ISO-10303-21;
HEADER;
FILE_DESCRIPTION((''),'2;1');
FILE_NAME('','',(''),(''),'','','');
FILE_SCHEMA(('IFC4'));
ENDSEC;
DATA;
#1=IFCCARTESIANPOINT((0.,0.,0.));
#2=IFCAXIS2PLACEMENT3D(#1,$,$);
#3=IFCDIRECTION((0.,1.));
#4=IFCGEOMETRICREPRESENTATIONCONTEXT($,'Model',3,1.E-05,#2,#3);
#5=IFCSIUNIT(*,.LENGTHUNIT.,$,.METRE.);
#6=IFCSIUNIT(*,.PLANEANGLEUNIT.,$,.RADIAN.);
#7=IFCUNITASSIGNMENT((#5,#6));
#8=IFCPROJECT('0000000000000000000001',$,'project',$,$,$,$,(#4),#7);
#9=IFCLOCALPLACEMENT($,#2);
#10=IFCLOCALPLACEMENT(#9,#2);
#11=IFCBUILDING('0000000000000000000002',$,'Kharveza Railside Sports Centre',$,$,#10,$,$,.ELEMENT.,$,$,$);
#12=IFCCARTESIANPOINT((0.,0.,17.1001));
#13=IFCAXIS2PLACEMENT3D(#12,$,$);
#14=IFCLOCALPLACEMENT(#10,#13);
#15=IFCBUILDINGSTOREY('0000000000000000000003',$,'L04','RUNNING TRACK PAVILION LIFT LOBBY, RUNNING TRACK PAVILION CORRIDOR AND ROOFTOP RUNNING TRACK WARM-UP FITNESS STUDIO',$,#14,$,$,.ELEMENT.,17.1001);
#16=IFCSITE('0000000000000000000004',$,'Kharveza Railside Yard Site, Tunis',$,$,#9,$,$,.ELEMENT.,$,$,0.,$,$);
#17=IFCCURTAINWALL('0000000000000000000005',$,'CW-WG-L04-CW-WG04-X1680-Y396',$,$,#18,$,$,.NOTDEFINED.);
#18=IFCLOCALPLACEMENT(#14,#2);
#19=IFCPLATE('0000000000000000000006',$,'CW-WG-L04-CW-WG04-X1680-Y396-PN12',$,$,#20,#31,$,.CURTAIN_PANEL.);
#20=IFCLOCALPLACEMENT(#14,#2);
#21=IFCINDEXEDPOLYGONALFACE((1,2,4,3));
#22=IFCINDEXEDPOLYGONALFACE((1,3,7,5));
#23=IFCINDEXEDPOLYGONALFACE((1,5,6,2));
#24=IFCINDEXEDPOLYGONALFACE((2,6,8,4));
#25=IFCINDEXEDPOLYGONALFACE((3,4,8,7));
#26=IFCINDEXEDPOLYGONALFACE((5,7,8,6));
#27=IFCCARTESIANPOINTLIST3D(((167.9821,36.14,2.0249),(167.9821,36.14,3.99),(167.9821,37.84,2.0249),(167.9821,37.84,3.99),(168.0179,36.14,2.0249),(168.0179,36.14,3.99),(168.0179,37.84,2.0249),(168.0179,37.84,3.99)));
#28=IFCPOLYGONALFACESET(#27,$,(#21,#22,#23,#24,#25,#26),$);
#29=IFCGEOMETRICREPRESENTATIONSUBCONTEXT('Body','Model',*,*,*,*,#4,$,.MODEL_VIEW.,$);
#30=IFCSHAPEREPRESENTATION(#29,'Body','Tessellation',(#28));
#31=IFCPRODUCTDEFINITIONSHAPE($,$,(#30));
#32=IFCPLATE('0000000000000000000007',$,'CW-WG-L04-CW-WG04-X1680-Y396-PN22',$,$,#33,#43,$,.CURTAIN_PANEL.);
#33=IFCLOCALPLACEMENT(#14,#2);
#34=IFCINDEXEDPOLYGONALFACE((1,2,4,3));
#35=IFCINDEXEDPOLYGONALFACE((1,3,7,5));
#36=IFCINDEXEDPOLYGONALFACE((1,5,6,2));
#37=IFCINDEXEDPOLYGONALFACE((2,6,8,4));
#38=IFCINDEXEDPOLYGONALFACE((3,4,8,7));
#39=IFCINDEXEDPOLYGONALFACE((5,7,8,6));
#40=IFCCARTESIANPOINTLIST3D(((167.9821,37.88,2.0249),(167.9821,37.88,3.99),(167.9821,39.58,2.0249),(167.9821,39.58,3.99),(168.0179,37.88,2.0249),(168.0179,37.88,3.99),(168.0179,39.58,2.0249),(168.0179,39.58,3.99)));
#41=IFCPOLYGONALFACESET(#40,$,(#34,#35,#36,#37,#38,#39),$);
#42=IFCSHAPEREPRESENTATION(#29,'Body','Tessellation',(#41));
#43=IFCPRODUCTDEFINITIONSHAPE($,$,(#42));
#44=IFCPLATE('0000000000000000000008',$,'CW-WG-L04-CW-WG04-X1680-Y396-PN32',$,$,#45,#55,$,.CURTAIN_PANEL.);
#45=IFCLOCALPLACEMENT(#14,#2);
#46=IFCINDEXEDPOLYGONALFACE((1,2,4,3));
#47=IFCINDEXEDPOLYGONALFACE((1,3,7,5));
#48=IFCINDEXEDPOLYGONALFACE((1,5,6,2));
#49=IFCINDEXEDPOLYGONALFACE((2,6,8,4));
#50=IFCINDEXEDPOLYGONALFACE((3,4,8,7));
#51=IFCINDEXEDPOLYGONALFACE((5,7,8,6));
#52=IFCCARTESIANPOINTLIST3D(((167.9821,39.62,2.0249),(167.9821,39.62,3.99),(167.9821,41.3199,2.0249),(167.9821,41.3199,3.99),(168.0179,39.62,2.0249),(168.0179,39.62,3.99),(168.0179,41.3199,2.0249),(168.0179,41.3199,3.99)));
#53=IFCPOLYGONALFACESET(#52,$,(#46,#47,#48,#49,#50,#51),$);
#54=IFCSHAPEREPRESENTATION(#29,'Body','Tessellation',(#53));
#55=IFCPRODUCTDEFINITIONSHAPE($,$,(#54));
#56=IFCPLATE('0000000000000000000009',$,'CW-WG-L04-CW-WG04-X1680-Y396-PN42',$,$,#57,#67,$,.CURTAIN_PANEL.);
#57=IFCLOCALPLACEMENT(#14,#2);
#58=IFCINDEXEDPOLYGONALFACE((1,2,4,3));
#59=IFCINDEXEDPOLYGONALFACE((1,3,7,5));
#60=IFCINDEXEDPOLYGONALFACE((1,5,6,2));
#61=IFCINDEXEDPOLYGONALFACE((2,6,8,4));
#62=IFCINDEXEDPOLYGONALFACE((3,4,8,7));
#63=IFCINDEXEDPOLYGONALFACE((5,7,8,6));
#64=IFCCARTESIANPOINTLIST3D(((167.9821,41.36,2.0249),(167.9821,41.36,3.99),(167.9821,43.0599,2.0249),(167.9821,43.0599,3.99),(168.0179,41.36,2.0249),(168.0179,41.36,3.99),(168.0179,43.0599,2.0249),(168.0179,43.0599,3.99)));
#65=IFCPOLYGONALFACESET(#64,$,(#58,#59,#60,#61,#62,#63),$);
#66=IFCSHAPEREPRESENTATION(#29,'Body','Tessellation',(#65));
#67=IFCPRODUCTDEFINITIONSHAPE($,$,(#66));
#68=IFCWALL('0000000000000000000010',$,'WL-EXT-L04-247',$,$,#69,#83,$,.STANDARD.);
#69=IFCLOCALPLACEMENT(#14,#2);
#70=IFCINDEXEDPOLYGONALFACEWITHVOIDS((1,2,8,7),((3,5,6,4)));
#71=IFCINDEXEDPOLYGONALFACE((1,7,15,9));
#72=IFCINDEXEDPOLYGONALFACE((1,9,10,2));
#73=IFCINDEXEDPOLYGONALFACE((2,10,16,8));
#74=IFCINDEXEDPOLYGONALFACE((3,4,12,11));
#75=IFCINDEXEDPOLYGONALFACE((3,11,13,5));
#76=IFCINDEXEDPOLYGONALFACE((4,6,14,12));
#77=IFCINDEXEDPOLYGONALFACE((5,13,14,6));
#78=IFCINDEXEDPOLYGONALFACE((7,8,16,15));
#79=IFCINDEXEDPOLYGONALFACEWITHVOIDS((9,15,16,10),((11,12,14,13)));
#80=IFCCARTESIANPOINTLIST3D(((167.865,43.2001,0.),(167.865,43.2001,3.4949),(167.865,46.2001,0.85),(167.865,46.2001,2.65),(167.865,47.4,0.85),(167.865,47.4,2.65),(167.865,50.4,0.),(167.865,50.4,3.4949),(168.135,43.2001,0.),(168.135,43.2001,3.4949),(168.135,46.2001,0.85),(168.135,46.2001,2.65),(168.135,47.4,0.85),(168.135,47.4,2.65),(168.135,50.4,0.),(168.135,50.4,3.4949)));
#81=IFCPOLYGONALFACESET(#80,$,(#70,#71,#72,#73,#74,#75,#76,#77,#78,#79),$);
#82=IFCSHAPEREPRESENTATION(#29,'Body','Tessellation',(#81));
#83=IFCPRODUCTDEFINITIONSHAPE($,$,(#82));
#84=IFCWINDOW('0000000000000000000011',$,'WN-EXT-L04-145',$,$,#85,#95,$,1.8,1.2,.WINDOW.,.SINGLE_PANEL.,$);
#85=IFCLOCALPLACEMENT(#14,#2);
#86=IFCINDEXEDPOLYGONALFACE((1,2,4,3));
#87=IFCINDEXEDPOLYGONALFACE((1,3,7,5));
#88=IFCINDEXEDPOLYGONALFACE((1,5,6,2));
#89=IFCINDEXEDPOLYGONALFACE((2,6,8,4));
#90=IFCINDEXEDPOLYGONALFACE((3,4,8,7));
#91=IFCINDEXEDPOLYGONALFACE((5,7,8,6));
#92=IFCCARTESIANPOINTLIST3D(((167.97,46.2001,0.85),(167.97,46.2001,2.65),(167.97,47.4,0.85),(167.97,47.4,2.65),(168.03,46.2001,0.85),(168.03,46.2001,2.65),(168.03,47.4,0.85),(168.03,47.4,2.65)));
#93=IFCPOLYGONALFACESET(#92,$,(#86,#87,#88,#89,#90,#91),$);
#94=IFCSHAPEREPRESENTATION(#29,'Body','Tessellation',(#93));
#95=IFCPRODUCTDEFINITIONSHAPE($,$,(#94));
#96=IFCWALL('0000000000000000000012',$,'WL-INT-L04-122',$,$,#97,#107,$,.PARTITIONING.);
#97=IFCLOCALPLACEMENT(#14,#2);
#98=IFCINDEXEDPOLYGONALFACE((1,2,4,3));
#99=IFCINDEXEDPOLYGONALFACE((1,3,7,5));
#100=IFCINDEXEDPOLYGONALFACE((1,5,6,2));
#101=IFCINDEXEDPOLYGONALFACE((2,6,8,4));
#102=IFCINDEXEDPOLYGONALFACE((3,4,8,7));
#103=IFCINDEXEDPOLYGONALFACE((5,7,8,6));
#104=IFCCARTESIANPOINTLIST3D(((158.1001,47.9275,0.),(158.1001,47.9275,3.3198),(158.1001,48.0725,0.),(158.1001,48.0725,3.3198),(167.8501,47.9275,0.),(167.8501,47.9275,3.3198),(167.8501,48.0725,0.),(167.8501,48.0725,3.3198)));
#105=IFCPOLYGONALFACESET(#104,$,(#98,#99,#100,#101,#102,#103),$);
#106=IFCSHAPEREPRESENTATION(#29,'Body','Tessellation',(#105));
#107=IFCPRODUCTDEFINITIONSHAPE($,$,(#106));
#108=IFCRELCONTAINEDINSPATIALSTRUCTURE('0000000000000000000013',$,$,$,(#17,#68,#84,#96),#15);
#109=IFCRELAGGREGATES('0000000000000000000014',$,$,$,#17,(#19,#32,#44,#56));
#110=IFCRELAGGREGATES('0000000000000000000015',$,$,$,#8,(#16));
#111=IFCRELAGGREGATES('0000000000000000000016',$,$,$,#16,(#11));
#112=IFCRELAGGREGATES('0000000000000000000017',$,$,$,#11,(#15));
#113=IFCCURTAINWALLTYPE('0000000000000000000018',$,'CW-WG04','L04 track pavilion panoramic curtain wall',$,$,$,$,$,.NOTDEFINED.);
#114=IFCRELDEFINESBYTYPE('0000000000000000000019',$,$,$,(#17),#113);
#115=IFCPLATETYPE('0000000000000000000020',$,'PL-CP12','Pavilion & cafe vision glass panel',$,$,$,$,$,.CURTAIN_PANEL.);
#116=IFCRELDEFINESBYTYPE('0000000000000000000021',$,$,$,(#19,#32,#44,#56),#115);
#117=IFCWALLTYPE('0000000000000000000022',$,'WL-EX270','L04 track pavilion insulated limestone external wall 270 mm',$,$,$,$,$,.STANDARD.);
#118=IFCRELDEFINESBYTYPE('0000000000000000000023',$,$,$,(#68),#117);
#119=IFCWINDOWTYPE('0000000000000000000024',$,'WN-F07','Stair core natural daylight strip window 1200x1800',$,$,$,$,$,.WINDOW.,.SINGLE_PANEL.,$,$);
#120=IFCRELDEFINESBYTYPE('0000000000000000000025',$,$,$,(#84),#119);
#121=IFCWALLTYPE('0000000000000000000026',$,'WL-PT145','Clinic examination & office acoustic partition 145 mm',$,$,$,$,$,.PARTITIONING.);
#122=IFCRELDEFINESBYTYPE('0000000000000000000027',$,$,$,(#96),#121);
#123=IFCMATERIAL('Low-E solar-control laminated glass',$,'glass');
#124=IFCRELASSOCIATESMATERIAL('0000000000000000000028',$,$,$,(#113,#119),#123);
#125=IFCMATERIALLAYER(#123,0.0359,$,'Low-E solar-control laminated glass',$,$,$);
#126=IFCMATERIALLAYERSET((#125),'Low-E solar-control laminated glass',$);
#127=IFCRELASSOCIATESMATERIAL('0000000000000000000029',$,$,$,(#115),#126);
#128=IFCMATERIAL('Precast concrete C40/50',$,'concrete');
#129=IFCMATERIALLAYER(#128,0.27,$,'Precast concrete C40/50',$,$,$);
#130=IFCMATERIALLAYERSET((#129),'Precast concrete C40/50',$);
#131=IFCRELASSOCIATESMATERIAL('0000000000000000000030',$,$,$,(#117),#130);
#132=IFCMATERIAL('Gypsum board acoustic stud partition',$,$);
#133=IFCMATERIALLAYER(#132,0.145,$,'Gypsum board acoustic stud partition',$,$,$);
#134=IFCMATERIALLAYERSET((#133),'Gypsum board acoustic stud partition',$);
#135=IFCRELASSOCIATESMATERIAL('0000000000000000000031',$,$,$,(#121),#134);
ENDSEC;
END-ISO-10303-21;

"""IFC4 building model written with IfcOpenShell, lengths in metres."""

from ifc_helpers import new_model, si_unit, direction, frame, frame_2d, origin, origin_2d, place, context, subcontext, project, spatial, rectangle, extrude, material, layer, layer_set, type_object, element, fill, aggregate, save


model = new_model("IFC4")

# Units and contexts
model_context = context("Model", 3, precision=1e-05, world=origin(), true_north=direction((0.0, 1.0)))
body_context = subcontext(model_context, "Body", "Model", "MODEL_VIEW")
ifc_project = project(units=[si_unit("LENGTHUNIT", "METRE"), si_unit("PLANEANGLEUNIT", "RADIAN")], contexts=[model_context])

# Site, building, storey
site_placement = place(None, origin())
site = spatial("IfcSite", under=ifc_project, at=site_placement, Name="Kharveza Railside Yard Site, Tunis", CompositionType="ELEMENT", RefElevation=0.0)
building_placement = place(site_placement, origin())
building = spatial("IfcBuilding", under=site, at=building_placement, Name="Kharveza Railside Sports Centre", CompositionType="ELEMENT")
storey_placement = place(building_placement, frame((0.0, 0.0, 17.1001)))
storey = spatial("IfcBuildingStorey", under=building, at=storey_placement, Name="L04", Description="RUNNING TRACK PAVILION LIFT LOBBY, RUNNING TRACK PAVILION CORRIDOR AND ROOFTOP RUNNING TRACK WARM-UP FITNESS STUDIO", CompositionType="ELEMENT", Elevation=17.1001)

# Curtain wall, plates
ifc_material_1 = material(Name="Low-E solar-control laminated glass", Category="glass")
curtain_wall_type = type_object("IfcCurtainWallType", Name="CW-WG04", Description="L04 track pavilion panoramic curtain wall", PredefinedType="NOTDEFINED", material=ifc_material_1)
curtain_wall_placement = place(storey_placement, origin())
curtain_wall = element("IfcCurtainWall", 1, at=curtain_wall_placement, inside=storey, type_object=curtain_wall_type, Name="CW-WG-L04-CW-WG04-X1680-Y396", PredefinedType="NOTDEFINED")
ifc_layer_1 = layer(ifc_material_1, 0.0359, Name="Low-E solar-control laminated glass")
ifc_layer_set_1 = layer_set([ifc_layer_1], Name="Low-E solar-control laminated glass")
plate_type_1 = type_object("IfcPlateType", Name="PL-CP12", Description="Pavilion & cafe vision glass panel", PredefinedType="CURTAIN_PANEL", material=ifc_layer_set_1)
plate_1_placement = place(storey_placement, frame((168.0, 36.99, 2.0249), z_axis=(0.0, 0.0, 1.0), x_axis=(0.0, 1.0, 0.0)))
plate_1 = element("IfcPlate", 2, at=plate_1_placement, type_object=plate_type_1, Name="CW-WG-L04-CW-WG04-X1680-Y396-PN12", PredefinedType="CURTAIN_PANEL", context=body_context, shape_type="SweptSolid", body=[
    extrude(rectangle(XDim=1.7, YDim=0.0359, at=origin_2d()), origin(), (0.0, 0.0, 1.0), 1.9651),
])
plate_2_placement = place(storey_placement, frame((168.0, 38.73, 2.0249), z_axis=(0.0, 0.0, 1.0), x_axis=(0.0, 1.0, 0.0)))
plate_2 = element("IfcPlate", 3, at=plate_2_placement, type_object=plate_type_1, Name="CW-WG-L04-CW-WG04-X1680-Y396-PN22", PredefinedType="CURTAIN_PANEL", context=body_context, shape_type="SweptSolid", body=[
    extrude(rectangle(XDim=1.7, YDim=0.0359, at=origin_2d()), origin(), (0.0, 0.0, 1.0), 1.9651),
])
plate_3_placement = place(storey_placement, frame((168.0, 40.47, 2.0249), z_axis=(0.0, 0.0, 1.0), x_axis=(0.0, 1.0, 0.0)))
plate_3 = element("IfcPlate", 4, at=plate_3_placement, type_object=plate_type_1, Name="CW-WG-L04-CW-WG04-X1680-Y396-PN32", PredefinedType="CURTAIN_PANEL", context=body_context, shape_type="SweptSolid", body=[
    extrude(rectangle(XDim=1.7, YDim=0.0359, at=origin_2d()), origin(), (0.0, 0.0, 1.0), 1.9651),
])
plate_4_placement = place(storey_placement, frame((168.0, 42.21, 2.0249), z_axis=(0.0, 0.0, 1.0), x_axis=(0.0, 1.0, 0.0)))
plate_4 = element("IfcPlate", 5, at=plate_4_placement, type_object=plate_type_1, Name="CW-WG-L04-CW-WG04-X1680-Y396-PN42", PredefinedType="CURTAIN_PANEL", context=body_context, shape_type="SweptSolid", body=[
    extrude(rectangle(XDim=1.7, YDim=0.0359, at=origin_2d()), origin(), (0.0, 0.0, 1.0), 1.9651),
])
aggregate(curtain_wall, [plate_1, plate_2, plate_3, plate_4])

# Wall, opening, window
ifc_material_2 = material(Name="Precast concrete C40/50", Category="concrete")
ifc_layer_2 = layer(ifc_material_2, 0.27, Name="Precast concrete C40/50")
ifc_layer_set_2 = layer_set([ifc_layer_2], Name="Precast concrete C40/50")
wall_type_1 = type_object("IfcWallType", Name="WL-EX270", Description="L04 track pavilion insulated limestone external wall 270 mm", PredefinedType="STANDARD", material=ifc_layer_set_2)
wall_1_placement = place(storey_placement, frame((168.0, 43.2, 0.0), z_axis=(0.0, 0.0, 1.0), x_axis=(0.0, 1.0, 0.0)))
wall_1 = element("IfcWall", 6, at=wall_1_placement, inside=storey, type_object=wall_type_1, Name="WL-EXT-L04-247", PredefinedType="STANDARD", context=body_context, shape_type="SweptSolid", body=[
    extrude(rectangle(XDim=7.2, YDim=0.27, at=frame_2d((3.6001, 0.0))), origin(), (0.0, 0.0, 1.0), 3.4949),
])
opening_placement = place(wall_1_placement, frame((3.0, 0.0, 0.8501)))
opening = element("IfcOpeningElement", 7, at=opening_placement, cuts=wall_1, PredefinedType="OPENING", context=body_context, shape_type="SweptSolid", body=[
    extrude(rectangle(XDim=1.2, YDim=1.8, at=frame_2d((0.6001, 0.8999))), frame((0.0, 0.1599, 0.0), z_axis=(0.0, -1.0, 0.0), x_axis=(1.0, 0.0, 0.0)), (0.0, 0.0, 1.0), 0.3198),
])
window_type = type_object("IfcWindowType", Name="WN-F07", Description="Stair core natural daylight strip window 1200x1800", PartitioningType="SINGLE_PANEL", PredefinedType="WINDOW", material=ifc_material_1)
window_placement = place(opening_placement, origin())
window = element("IfcWindow", 8, at=window_placement, inside=storey, type_object=window_type, Name="WN-EXT-L04-145", OverallHeight=1.8, OverallWidth=1.2, PartitioningType="SINGLE_PANEL", PredefinedType="WINDOW", context=body_context, shape_type="SweptSolid", body=[
    extrude(rectangle(XDim=1.2, YDim=1.8, at=frame_2d((0.6001, 0.8999))), frame((0.0, 0.03, 0.0), z_axis=(0.0, -1.0, 0.0), x_axis=(1.0, 0.0, 0.0)), (0.0, 0.0, 1.0), 0.0601),
])
fill(opening, window)

# Wall
ifc_material_3 = material(Name="Gypsum board acoustic stud partition")
ifc_layer_3 = layer(ifc_material_3, 0.145, Name="Gypsum board acoustic stud partition")
ifc_layer_set_3 = layer_set([ifc_layer_3], Name="Gypsum board acoustic stud partition")
wall_type_2 = type_object("IfcWallType", Name="WL-PT145", Description="Clinic examination & office acoustic partition 145 mm", PredefinedType="PARTITIONING", material=ifc_layer_set_3)
wall_2_placement = place(storey_placement, frame((158.1001, 48.0, 0.0), z_axis=(0.0, 0.0, 1.0), x_axis=(1.0, 0.0, 0.0)))
element("IfcWall", 9, at=wall_2_placement, inside=storey, type_object=wall_type_2, Name="WL-INT-L04-122", PredefinedType="PARTITIONING", context=body_context, shape_type="SweptSolid", body=[
    extrude(rectangle(XDim=9.75, YDim=0.145, at=frame_2d((4.875, 0.0))), origin(), (0.0, 0.0, 1.0), 3.3198),
])

save(model, "model.ifc")
